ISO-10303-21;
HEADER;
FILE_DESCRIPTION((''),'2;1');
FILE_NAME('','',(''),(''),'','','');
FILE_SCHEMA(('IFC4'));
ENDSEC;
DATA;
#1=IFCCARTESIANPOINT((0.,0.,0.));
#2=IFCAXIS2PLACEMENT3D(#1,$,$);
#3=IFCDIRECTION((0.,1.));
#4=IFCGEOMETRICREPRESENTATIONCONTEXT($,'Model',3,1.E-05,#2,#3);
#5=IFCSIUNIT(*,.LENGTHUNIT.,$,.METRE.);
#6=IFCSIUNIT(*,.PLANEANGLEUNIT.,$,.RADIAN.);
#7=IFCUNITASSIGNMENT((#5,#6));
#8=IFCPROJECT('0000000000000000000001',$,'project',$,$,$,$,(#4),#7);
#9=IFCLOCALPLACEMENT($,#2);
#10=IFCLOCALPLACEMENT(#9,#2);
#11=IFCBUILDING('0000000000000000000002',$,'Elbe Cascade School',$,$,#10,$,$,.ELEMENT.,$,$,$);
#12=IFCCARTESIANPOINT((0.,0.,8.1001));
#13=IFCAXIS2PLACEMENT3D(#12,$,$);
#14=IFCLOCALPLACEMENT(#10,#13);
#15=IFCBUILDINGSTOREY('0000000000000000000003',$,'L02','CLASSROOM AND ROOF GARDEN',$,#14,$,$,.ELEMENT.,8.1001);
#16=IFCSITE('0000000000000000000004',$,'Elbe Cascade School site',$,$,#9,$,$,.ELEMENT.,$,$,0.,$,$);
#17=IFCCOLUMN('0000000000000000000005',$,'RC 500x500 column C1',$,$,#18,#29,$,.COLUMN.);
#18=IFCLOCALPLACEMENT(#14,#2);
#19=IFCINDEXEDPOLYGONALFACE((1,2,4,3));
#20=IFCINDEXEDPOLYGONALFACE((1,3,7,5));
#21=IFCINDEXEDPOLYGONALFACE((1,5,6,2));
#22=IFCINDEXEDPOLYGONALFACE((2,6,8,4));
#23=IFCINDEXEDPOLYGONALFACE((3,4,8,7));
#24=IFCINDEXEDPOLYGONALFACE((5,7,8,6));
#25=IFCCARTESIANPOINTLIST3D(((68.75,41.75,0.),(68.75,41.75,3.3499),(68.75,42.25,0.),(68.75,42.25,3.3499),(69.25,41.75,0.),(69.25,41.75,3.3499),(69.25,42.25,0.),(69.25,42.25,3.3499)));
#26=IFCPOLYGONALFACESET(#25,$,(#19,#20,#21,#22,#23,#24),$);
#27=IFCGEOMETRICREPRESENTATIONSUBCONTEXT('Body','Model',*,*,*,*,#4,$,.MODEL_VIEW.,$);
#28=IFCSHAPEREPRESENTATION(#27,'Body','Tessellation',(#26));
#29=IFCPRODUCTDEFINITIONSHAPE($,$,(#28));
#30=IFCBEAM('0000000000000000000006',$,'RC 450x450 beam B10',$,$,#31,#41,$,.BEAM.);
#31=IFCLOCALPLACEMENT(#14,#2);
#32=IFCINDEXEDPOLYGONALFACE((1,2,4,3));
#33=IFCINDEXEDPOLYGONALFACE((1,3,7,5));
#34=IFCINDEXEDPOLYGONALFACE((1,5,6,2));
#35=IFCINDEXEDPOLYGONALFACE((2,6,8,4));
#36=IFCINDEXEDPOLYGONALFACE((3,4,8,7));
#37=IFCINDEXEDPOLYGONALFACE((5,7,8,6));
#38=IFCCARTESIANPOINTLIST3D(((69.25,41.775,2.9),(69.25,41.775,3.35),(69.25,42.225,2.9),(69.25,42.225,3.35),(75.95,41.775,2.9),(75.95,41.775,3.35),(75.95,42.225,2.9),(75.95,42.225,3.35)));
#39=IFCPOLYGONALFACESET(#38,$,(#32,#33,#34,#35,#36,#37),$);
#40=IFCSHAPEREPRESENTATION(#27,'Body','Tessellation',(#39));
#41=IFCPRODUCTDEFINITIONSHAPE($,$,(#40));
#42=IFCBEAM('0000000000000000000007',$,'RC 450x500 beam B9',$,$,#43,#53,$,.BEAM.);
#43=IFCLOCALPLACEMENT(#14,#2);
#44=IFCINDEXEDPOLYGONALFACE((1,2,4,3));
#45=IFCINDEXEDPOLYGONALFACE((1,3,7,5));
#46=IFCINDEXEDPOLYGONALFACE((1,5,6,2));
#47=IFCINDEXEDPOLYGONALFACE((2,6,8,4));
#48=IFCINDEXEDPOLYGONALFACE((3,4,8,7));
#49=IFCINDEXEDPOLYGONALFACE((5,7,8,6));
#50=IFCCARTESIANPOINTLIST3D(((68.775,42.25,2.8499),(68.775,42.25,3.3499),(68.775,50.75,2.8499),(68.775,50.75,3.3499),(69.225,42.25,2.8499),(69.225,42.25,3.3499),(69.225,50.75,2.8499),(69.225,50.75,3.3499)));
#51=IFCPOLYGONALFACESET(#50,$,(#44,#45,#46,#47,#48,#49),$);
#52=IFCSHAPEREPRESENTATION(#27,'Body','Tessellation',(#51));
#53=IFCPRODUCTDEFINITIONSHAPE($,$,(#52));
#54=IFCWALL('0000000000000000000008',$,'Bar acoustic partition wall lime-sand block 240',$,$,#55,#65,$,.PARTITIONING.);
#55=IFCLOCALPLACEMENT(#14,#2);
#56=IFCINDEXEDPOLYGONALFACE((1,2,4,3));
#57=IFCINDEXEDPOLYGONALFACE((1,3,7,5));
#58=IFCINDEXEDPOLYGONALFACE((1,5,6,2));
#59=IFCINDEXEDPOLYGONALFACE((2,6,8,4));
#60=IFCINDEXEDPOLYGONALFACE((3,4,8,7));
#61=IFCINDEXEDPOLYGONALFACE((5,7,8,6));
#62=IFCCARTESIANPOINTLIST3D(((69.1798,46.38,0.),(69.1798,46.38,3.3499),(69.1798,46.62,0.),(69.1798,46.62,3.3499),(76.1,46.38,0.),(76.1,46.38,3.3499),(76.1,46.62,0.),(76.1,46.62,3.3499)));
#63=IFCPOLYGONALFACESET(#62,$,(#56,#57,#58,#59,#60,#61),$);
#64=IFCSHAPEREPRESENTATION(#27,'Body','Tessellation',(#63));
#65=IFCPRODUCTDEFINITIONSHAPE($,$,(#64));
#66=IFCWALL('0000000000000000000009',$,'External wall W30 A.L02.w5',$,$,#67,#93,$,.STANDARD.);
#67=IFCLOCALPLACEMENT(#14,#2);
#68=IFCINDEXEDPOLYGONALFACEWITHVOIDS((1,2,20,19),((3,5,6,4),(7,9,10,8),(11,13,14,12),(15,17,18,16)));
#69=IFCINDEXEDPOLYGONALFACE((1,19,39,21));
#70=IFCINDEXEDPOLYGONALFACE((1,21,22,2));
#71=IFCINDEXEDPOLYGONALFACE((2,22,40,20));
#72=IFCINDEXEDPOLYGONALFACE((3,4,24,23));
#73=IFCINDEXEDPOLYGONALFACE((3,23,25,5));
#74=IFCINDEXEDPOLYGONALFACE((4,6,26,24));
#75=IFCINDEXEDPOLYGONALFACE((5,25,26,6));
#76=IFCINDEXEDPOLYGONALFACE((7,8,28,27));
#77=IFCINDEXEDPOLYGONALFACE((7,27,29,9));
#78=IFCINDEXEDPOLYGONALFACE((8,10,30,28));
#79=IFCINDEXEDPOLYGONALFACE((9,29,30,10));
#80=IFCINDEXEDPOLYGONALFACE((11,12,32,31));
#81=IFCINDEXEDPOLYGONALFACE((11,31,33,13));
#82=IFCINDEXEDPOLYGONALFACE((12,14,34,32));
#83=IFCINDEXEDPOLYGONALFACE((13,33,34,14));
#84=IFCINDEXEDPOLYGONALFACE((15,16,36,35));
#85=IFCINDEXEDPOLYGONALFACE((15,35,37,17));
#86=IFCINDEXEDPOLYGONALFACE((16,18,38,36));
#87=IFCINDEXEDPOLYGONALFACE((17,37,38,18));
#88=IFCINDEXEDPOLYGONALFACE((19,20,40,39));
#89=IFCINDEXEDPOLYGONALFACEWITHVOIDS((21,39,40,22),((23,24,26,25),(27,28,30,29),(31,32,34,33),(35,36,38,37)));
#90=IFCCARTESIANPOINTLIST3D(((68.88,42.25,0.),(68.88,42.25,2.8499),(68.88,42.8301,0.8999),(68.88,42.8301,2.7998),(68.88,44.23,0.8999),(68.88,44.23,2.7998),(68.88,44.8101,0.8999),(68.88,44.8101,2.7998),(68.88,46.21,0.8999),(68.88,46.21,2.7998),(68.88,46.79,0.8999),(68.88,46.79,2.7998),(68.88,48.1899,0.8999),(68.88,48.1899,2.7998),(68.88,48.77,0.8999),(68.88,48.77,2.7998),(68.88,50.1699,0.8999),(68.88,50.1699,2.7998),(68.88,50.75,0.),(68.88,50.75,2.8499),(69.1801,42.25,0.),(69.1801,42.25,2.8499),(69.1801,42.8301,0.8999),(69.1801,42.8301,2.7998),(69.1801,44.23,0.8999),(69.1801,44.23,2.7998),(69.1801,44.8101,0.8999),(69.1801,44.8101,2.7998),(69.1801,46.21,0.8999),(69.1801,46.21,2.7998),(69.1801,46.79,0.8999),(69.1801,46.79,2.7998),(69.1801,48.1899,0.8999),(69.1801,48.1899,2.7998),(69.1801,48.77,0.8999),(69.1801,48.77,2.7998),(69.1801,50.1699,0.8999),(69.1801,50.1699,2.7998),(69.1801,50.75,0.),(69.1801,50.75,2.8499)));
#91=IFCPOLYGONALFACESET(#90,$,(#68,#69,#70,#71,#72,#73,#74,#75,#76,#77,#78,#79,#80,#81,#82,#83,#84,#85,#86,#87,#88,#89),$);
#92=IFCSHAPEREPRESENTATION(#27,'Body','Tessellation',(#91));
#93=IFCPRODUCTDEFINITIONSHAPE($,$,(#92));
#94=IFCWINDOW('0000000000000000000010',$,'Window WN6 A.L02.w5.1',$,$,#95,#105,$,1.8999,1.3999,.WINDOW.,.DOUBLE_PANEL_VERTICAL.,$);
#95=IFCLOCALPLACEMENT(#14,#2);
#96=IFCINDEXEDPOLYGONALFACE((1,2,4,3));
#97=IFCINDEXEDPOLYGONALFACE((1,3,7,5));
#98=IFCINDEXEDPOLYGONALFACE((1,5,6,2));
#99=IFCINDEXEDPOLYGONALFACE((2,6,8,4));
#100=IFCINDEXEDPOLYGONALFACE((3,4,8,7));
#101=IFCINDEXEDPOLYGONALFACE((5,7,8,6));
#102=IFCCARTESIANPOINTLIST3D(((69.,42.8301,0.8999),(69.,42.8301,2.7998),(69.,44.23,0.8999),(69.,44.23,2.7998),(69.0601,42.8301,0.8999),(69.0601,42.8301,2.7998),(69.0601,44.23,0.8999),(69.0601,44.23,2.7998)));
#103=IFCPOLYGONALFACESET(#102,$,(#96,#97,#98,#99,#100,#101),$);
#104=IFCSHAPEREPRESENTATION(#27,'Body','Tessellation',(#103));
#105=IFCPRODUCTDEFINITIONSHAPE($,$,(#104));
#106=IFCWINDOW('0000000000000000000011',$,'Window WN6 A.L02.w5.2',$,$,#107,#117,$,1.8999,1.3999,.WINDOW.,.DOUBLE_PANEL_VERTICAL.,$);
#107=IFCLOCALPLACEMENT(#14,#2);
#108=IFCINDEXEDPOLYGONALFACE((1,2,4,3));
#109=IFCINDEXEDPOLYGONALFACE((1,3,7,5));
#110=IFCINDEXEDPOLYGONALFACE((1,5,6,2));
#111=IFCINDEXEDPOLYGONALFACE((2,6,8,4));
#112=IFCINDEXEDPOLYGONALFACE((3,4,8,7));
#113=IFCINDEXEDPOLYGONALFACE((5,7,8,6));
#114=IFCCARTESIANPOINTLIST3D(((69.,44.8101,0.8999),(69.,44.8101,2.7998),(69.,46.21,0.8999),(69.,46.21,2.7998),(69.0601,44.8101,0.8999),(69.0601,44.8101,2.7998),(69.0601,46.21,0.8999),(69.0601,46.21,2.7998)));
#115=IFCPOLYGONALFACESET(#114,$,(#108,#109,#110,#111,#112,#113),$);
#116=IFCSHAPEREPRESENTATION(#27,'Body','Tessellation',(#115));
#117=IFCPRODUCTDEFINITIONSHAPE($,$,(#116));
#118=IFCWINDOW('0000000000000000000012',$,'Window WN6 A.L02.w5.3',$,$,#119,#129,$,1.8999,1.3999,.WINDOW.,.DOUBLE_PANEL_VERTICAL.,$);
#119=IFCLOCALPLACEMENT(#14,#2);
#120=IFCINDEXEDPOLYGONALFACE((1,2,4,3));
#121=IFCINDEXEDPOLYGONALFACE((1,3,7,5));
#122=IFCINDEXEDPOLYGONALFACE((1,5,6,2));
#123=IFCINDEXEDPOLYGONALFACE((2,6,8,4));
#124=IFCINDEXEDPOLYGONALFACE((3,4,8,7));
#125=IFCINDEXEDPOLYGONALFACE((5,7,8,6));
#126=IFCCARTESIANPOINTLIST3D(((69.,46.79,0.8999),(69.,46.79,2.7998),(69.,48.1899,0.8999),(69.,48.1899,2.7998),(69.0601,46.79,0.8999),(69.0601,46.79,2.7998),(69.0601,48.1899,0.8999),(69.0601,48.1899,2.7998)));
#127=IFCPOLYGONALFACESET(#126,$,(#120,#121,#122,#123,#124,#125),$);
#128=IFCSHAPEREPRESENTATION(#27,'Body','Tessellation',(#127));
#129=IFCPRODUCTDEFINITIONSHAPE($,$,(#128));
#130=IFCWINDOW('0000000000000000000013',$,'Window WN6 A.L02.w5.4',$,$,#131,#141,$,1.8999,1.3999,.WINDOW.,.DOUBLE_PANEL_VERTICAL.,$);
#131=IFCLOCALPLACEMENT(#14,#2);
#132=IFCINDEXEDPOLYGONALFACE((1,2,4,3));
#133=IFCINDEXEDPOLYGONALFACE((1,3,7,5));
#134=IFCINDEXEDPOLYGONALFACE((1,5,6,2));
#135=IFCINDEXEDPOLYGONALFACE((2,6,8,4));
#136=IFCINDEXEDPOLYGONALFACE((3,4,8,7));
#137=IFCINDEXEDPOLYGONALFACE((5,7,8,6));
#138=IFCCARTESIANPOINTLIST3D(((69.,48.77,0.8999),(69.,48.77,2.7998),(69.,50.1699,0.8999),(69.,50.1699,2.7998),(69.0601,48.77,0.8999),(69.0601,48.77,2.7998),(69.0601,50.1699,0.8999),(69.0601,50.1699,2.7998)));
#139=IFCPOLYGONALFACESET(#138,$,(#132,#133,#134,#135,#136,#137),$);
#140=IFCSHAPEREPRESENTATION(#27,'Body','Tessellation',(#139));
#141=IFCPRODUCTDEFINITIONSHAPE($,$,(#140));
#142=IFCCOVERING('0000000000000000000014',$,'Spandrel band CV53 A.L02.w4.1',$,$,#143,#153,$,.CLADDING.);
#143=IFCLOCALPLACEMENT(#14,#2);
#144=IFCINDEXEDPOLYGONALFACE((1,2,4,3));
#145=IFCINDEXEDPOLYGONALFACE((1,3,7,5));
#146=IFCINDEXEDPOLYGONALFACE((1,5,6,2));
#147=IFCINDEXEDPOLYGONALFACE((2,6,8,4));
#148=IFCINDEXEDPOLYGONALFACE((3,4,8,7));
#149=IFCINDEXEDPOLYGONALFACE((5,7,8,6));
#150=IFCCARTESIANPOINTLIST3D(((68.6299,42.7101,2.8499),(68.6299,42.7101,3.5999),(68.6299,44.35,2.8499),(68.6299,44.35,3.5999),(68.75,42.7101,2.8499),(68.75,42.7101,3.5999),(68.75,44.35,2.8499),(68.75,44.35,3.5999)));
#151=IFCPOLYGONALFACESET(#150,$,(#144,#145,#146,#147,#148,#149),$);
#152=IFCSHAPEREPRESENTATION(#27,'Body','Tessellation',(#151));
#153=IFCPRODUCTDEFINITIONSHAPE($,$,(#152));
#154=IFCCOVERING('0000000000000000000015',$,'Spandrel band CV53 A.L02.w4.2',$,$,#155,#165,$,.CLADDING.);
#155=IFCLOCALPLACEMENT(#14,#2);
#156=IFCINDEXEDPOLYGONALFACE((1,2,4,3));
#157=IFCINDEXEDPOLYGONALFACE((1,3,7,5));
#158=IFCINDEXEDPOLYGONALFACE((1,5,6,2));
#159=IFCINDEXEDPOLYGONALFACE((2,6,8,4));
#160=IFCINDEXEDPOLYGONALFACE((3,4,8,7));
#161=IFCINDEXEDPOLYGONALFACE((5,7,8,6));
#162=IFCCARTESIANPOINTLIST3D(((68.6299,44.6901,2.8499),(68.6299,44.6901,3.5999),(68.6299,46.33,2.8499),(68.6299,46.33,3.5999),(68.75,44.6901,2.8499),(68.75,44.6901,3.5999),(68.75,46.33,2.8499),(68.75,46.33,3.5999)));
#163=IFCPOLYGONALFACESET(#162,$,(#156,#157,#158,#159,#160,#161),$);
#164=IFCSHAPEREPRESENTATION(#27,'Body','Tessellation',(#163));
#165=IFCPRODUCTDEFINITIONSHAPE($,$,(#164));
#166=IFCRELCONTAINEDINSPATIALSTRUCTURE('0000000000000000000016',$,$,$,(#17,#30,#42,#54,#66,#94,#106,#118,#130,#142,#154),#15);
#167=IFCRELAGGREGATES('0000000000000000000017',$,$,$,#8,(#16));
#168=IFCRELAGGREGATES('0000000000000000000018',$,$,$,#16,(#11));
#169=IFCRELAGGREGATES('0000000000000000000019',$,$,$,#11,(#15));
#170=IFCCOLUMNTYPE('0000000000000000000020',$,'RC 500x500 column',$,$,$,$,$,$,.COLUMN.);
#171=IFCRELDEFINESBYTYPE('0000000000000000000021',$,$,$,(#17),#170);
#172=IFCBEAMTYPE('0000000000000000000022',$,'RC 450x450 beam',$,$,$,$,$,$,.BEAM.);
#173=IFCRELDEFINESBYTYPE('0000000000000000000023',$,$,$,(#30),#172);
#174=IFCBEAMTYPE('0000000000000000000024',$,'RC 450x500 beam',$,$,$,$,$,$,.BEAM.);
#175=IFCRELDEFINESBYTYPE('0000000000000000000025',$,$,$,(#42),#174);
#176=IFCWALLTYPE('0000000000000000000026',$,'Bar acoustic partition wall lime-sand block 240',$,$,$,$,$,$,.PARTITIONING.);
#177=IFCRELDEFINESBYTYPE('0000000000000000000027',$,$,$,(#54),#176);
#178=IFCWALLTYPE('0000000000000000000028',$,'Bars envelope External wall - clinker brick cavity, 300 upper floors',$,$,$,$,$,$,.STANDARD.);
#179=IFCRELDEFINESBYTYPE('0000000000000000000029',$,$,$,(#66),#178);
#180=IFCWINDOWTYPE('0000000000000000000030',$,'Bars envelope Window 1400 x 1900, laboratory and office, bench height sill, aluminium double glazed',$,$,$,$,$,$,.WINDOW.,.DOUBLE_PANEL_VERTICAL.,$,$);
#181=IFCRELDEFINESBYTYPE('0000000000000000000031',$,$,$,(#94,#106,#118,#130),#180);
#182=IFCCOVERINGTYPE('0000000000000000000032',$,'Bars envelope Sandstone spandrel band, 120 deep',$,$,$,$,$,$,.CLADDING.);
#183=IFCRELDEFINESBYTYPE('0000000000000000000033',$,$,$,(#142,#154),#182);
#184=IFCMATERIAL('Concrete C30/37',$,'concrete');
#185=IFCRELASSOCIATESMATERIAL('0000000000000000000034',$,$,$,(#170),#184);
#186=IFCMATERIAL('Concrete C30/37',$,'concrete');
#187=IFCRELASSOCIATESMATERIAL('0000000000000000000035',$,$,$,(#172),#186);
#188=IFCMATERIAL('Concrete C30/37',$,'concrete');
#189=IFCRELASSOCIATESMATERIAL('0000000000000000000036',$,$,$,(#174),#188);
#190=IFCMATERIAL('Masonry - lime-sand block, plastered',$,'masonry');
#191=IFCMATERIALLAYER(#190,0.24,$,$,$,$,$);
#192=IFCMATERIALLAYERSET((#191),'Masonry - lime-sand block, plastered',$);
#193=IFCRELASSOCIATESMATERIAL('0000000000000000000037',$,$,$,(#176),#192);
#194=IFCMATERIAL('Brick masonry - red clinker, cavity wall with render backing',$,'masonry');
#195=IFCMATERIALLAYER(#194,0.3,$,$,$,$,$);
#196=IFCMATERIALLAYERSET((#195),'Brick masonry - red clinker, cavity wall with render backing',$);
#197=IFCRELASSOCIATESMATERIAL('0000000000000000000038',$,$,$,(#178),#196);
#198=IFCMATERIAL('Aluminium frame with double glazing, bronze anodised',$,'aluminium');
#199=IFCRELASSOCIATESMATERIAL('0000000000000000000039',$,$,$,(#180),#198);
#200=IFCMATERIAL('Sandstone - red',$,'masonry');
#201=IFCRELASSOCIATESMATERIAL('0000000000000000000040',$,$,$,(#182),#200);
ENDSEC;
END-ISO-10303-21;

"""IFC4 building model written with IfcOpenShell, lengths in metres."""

from ifc_helpers import new_model, si_unit, direction, frame, frame_2d, origin, origin_2d, place, context, subcontext, project, spatial, rectangle, extrude, material, layer, layer_set, material_profile, profile_set, type_object, element, fill, save


model = new_model("IFC4")

# Units and contexts
model_context = context("Model", 3, precision=1e-05, world=origin(), true_north=direction((0.0, 1.0)))
body_context = subcontext(model_context, "Body", "Model", "MODEL_VIEW")
ifc_project = project(units=[si_unit("LENGTHUNIT", "METRE"), si_unit("PLANEANGLEUNIT", "RADIAN")], contexts=[model_context])

# Site, building, storey
site_placement = place(None, origin())
site = spatial("IfcSite", under=ifc_project, at=site_placement, Name="Elbe Cascade School site", CompositionType="ELEMENT", RefElevation=0.0)
building_placement = place(site_placement, origin())
building = spatial("IfcBuilding", under=site, at=building_placement, Name="Elbe Cascade School", CompositionType="ELEMENT")
storey_placement = place(building_placement, frame((0.0, 0.0, 8.1001)))
storey = spatial("IfcBuildingStorey", under=building, at=storey_placement, Name="L02", Description="CLASSROOM AND ROOF GARDEN", CompositionType="ELEMENT", Elevation=8.1001)

# Column
ifc_material_1 = material(Name="Concrete C30/37", Category="concrete")
ifc_material_profile_1 = material_profile(ifc_material_1, rectangle(XDim=0.5, YDim=0.5, at=origin_2d()), Name="RC 500x500")
ifc_profile_set_1 = profile_set([ifc_material_profile_1], Name="Concrete C30/37")
column_type = type_object("IfcColumnType", Name="RC 500x500 column", PredefinedType="COLUMN", material=ifc_profile_set_1)
column_placement = place(storey_placement, frame((69.0, 42.0, 0.0), z_axis=(0.0, 0.0, 1.0), x_axis=(1.0, 0.0, 0.0)))
element("IfcColumn", 1, at=column_placement, inside=storey, type_object=column_type, Name="RC 500x500 column C1", PredefinedType="COLUMN", context=body_context, shape_type="SweptSolid", body=[
    extrude(rectangle(XDim=0.5, YDim=0.5, at=origin_2d()), origin(), (0.0, 0.0, 1.0), 3.3499),
])

# Beams
ifc_material_2 = material(Name="Concrete C30/37", Category="concrete")
ifc_material_profile_2 = material_profile(ifc_material_2, rectangle(XDim=0.45, YDim=0.45, at=origin_2d()), Name="RC 450x450")
ifc_profile_set_2 = profile_set([ifc_material_profile_2], Name="Concrete C30/37")
beam_type_1 = type_object("IfcBeamType", Name="RC 450x450 beam", PredefinedType="BEAM", material=ifc_profile_set_2)
beam_1_placement = place(storey_placement, frame((69.25, 42.0, 3.125), z_axis=(1.0, 0.0, 0.0), x_axis=(0.0, 1.0, 0.0)))
element("IfcBeam", 2, at=beam_1_placement, inside=storey, type_object=beam_type_1, Name="RC 450x450 beam B10", PredefinedType="BEAM", context=body_context, shape_type="SweptSolid", body=[
    extrude(rectangle(XDim=0.45, YDim=0.45, at=origin_2d()), origin(), (0.0, 0.0, 1.0), 6.7),
])
ifc_material_3 = material(Name="Concrete C30/37", Category="concrete")
ifc_material_profile_3 = material_profile(ifc_material_3, rectangle(XDim=0.45, YDim=0.5, at=origin_2d()), Name="RC 450x500")
ifc_profile_set_3 = profile_set([ifc_material_profile_3], Name="Concrete C30/37")
beam_type_2 = type_object("IfcBeamType", Name="RC 450x500 beam", PredefinedType="BEAM", material=ifc_profile_set_3)
beam_2_placement = place(storey_placement, frame((69.0, 42.25, 3.0999), z_axis=(0.0, 1.0, 0.0), x_axis=(-1.0, 0.0, 0.0)))
element("IfcBeam", 3, at=beam_2_placement, inside=storey, type_object=beam_type_2, Name="RC 450x500 beam B9", PredefinedType="BEAM", context=body_context, shape_type="SweptSolid", body=[
    extrude(rectangle(XDim=0.45, YDim=0.5, at=origin_2d()), origin(), (0.0, 0.0, 1.0), 8.5),
])

# Wall
ifc_material_4 = material(Name="Masonry - lime-sand block, plastered", Category="masonry")
ifc_layer_1 = layer(ifc_material_4, 0.24)
ifc_layer_set_1 = layer_set([ifc_layer_1], Name="Masonry - lime-sand block, plastered")
wall_type_1 = type_object("IfcWallType", Name="Bar acoustic partition wall lime-sand block 240", PredefinedType="PARTITIONING", material=ifc_layer_set_1)
wall_1_placement = place(storey_placement, frame((69.1799, 46.5, 0.0), z_axis=(0.0, 0.0, 1.0), x_axis=(1.0, 0.0, 0.0)))
element("IfcWall", 4, at=wall_1_placement, inside=storey, type_object=wall_type_1, Name="Bar acoustic partition wall lime-sand block 240", PredefinedType="PARTITIONING", context=body_context, shape_type="SweptSolid", body=[
    extrude(rectangle(XDim=6.9202, YDim=0.24, at=frame_2d((3.46, 0.0))), origin(), (0.0, 0.0, 1.0), 3.3499),
])

# Wall, openings, windows
ifc_material_5 = material(Name="Brick masonry - red clinker, cavity wall with render backing", Category="masonry")
ifc_layer_2 = layer(ifc_material_5, 0.3)
ifc_layer_set_2 = layer_set([ifc_layer_2], Name="Brick masonry - red clinker, cavity wall with render backing")
wall_type_2 = type_object("IfcWallType", Name="Bars envelope External wall - clinker brick cavity, 300 upper floors", PredefinedType="STANDARD", material=ifc_layer_set_2)
wall_2_placement = place(storey_placement, frame((69.03, 42.25, 0.0), z_axis=(0.0, 0.0, 1.0), x_axis=(0.0, 1.0, 0.0)))
wall_2 = element("IfcWall", 5, at=wall_2_placement, inside=storey, type_object=wall_type_2, Name="External wall W30 A.L02.w5", PredefinedType="STANDARD", context=body_context, shape_type="SweptSolid", body=[
    extrude(rectangle(XDim=8.5, YDim=0.3, at=frame_2d((4.25, 0.0))), origin(), (0.0, 0.0, 1.0), 2.8499),
])
opening_1_placement = place(wall_2_placement, frame((0.5801, 0.0, 0.8999)))
opening_1 = element("IfcOpeningElement", 6, at=opening_1_placement, cuts=wall_2, PredefinedType="OPENING", context=body_context, shape_type="SweptSolid", body=[
    extrude(rectangle(XDim=1.3999, YDim=1.8999, at=frame_2d((0.7, 0.95))), frame((0.0, 0.1599, 0.0), z_axis=(0.0, -1.0, 0.0), x_axis=(1.0, 0.0, 0.0)), (0.0, 0.0, 1.0), 0.3201),
])
opening_2_placement = place(wall_2_placement, frame((2.5601, 0.0, 0.8999)))
opening_2 = element("IfcOpeningElement", 7, at=opening_2_placement, cuts=wall_2, PredefinedType="OPENING", context=body_context, shape_type="SweptSolid", body=[
    extrude(rectangle(XDim=1.3999, YDim=1.8999, at=frame_2d((0.7, 0.95))), frame((0.0, 0.1599, 0.0), z_axis=(0.0, -1.0, 0.0), x_axis=(1.0, 0.0, 0.0)), (0.0, 0.0, 1.0), 0.3201),
])
opening_3_placement = place(wall_2_placement, frame((4.54, 0.0, 0.8999)))
opening_3 = element("IfcOpeningElement", 8, at=opening_3_placement, cuts=wall_2, PredefinedType="OPENING", context=body_context, shape_type="SweptSolid", body=[
    extrude(rectangle(XDim=1.3999, YDim=1.8999, at=frame_2d((0.7, 0.95))), frame((0.0, 0.1599, 0.0), z_axis=(0.0, -1.0, 0.0), x_axis=(1.0, 0.0, 0.0)), (0.0, 0.0, 1.0), 0.3201),
])
opening_4_placement = place(wall_2_placement, frame((6.52, 0.0, 0.8999)))
opening_4 = element("IfcOpeningElement", 9, at=opening_4_placement, cuts=wall_2, PredefinedType="OPENING", context=body_context, shape_type="SweptSolid", body=[
    extrude(rectangle(XDim=1.3999, YDim=1.8999, at=frame_2d((0.7, 0.95))), frame((0.0, 0.1599, 0.0), z_axis=(0.0, -1.0, 0.0), x_axis=(1.0, 0.0, 0.0)), (0.0, 0.0, 1.0), 0.3201),
])
ifc_material_6 = material(Name="Aluminium frame with double glazing, bronze anodised", Category="aluminium")
window_type = type_object("IfcWindowType", Name="Bars envelope Window 1400 x 1900, laboratory and office, bench height sill, aluminium double glazed", PartitioningType="DOUBLE_PANEL_VERTICAL", PredefinedType="WINDOW", material=ifc_material_6)
window_1_placement = place(opening_1_placement, origin())
window_1 = element("IfcWindow", 10, at=window_1_placement, inside=storey, type_object=window_type, Name="Window WN6 A.L02.w5.1", OverallHeight=1.8999, OverallWidth=1.3999, PartitioningType="DOUBLE_PANEL_VERTICAL", PredefinedType="WINDOW", context=body_context, shape_type="SweptSolid", body=[
    extrude(rectangle(XDim=1.3999, YDim=1.8999, at=frame_2d((0.7, 0.95))), frame((0.0, 0.03, 0.0), z_axis=(0.0, -1.0, 0.0), x_axis=(1.0, 0.0, 0.0)), (0.0, 0.0, 1.0), 0.0601),
])
fill(opening_1, window_1)
window_2_placement = place(opening_2_placement, origin())
window_2 = element("IfcWindow", 11, at=window_2_placement, inside=storey, type_object=window_type, Name="Window WN6 A.L02.w5.2", OverallHeight=1.8999, OverallWidth=1.3999, PartitioningType="DOUBLE_PANEL_VERTICAL", PredefinedType="WINDOW", context=body_context, shape_type="SweptSolid", body=[
    extrude(rectangle(XDim=1.3999, YDim=1.8999, at=frame_2d((0.7, 0.95))), frame((0.0, 0.03, 0.0), z_axis=(0.0, -1.0, 0.0), x_axis=(1.0, 0.0, 0.0)), (0.0, 0.0, 1.0), 0.0601),
])
fill(opening_2, window_2)
window_3_placement = place(opening_3_placement, origin())
window_3 = element("IfcWindow", 12, at=window_3_placement, inside=storey, type_object=window_type, Name="Window WN6 A.L02.w5.3", OverallHeight=1.8999, OverallWidth=1.3999, PartitioningType="DOUBLE_PANEL_VERTICAL", PredefinedType="WINDOW", context=body_context, shape_type="SweptSolid", body=[
    extrude(rectangle(XDim=1.3999, YDim=1.8999, at=frame_2d((0.7, 0.95))), frame((0.0, 0.03, 0.0), z_axis=(0.0, -1.0, 0.0), x_axis=(1.0, 0.0, 0.0)), (0.0, 0.0, 1.0), 0.0601),
])
fill(opening_3, window_3)
window_4_placement = place(opening_4_placement, origin())
window_4 = element("IfcWindow", 13, at=window_4_placement, inside=storey, type_object=window_type, Name="Window WN6 A.L02.w5.4", OverallHeight=1.8999, OverallWidth=1.3999, PartitioningType="DOUBLE_PANEL_VERTICAL", PredefinedType="WINDOW", context=body_context, shape_type="SweptSolid", body=[
    extrude(rectangle(XDim=1.3999, YDim=1.8999, at=frame_2d((0.7, 0.95))), frame((0.0, 0.03, 0.0), z_axis=(0.0, -1.0, 0.0), x_axis=(1.0, 0.0, 0.0)), (0.0, 0.0, 1.0), 0.0601),
])
fill(opening_4, window_4)

# Coverings
ifc_material_7 = material(Name="Sandstone - red", Category="masonry")
covering_type = type_object("IfcCoveringType", Name="Bars envelope Sandstone spandrel band, 120 deep", PredefinedType="CLADDING", material=ifc_material_7)
for number, where, z_axis, x_axis, name in (
    (14, (68.6899, 43.53, 2.8499), (0.0, 0.0, 1.0), (0.0, 1.0, 0.0), "Spandrel band CV53 A.L02.w4.1"),
    (15, (68.6899, 45.51, 2.8499), (0.0, 0.0, 1.0), (0.0, 1.0, 0.0), "Spandrel band CV53 A.L02.w4.2"),
):
    element("IfcCovering", number, at=place(storey_placement, frame(where, z_axis=z_axis, x_axis=x_axis)), inside=storey, type_object=covering_type, Name=name, PredefinedType="CLADDING", context=body_context, shape_type="SweptSolid", body=[
        extrude(rectangle(XDim=1.6399, YDim=0.1201, at=origin_2d()), origin(), (0.0, 0.0, 1.0), 0.75),
    ])

save(model, "model.ifc")
